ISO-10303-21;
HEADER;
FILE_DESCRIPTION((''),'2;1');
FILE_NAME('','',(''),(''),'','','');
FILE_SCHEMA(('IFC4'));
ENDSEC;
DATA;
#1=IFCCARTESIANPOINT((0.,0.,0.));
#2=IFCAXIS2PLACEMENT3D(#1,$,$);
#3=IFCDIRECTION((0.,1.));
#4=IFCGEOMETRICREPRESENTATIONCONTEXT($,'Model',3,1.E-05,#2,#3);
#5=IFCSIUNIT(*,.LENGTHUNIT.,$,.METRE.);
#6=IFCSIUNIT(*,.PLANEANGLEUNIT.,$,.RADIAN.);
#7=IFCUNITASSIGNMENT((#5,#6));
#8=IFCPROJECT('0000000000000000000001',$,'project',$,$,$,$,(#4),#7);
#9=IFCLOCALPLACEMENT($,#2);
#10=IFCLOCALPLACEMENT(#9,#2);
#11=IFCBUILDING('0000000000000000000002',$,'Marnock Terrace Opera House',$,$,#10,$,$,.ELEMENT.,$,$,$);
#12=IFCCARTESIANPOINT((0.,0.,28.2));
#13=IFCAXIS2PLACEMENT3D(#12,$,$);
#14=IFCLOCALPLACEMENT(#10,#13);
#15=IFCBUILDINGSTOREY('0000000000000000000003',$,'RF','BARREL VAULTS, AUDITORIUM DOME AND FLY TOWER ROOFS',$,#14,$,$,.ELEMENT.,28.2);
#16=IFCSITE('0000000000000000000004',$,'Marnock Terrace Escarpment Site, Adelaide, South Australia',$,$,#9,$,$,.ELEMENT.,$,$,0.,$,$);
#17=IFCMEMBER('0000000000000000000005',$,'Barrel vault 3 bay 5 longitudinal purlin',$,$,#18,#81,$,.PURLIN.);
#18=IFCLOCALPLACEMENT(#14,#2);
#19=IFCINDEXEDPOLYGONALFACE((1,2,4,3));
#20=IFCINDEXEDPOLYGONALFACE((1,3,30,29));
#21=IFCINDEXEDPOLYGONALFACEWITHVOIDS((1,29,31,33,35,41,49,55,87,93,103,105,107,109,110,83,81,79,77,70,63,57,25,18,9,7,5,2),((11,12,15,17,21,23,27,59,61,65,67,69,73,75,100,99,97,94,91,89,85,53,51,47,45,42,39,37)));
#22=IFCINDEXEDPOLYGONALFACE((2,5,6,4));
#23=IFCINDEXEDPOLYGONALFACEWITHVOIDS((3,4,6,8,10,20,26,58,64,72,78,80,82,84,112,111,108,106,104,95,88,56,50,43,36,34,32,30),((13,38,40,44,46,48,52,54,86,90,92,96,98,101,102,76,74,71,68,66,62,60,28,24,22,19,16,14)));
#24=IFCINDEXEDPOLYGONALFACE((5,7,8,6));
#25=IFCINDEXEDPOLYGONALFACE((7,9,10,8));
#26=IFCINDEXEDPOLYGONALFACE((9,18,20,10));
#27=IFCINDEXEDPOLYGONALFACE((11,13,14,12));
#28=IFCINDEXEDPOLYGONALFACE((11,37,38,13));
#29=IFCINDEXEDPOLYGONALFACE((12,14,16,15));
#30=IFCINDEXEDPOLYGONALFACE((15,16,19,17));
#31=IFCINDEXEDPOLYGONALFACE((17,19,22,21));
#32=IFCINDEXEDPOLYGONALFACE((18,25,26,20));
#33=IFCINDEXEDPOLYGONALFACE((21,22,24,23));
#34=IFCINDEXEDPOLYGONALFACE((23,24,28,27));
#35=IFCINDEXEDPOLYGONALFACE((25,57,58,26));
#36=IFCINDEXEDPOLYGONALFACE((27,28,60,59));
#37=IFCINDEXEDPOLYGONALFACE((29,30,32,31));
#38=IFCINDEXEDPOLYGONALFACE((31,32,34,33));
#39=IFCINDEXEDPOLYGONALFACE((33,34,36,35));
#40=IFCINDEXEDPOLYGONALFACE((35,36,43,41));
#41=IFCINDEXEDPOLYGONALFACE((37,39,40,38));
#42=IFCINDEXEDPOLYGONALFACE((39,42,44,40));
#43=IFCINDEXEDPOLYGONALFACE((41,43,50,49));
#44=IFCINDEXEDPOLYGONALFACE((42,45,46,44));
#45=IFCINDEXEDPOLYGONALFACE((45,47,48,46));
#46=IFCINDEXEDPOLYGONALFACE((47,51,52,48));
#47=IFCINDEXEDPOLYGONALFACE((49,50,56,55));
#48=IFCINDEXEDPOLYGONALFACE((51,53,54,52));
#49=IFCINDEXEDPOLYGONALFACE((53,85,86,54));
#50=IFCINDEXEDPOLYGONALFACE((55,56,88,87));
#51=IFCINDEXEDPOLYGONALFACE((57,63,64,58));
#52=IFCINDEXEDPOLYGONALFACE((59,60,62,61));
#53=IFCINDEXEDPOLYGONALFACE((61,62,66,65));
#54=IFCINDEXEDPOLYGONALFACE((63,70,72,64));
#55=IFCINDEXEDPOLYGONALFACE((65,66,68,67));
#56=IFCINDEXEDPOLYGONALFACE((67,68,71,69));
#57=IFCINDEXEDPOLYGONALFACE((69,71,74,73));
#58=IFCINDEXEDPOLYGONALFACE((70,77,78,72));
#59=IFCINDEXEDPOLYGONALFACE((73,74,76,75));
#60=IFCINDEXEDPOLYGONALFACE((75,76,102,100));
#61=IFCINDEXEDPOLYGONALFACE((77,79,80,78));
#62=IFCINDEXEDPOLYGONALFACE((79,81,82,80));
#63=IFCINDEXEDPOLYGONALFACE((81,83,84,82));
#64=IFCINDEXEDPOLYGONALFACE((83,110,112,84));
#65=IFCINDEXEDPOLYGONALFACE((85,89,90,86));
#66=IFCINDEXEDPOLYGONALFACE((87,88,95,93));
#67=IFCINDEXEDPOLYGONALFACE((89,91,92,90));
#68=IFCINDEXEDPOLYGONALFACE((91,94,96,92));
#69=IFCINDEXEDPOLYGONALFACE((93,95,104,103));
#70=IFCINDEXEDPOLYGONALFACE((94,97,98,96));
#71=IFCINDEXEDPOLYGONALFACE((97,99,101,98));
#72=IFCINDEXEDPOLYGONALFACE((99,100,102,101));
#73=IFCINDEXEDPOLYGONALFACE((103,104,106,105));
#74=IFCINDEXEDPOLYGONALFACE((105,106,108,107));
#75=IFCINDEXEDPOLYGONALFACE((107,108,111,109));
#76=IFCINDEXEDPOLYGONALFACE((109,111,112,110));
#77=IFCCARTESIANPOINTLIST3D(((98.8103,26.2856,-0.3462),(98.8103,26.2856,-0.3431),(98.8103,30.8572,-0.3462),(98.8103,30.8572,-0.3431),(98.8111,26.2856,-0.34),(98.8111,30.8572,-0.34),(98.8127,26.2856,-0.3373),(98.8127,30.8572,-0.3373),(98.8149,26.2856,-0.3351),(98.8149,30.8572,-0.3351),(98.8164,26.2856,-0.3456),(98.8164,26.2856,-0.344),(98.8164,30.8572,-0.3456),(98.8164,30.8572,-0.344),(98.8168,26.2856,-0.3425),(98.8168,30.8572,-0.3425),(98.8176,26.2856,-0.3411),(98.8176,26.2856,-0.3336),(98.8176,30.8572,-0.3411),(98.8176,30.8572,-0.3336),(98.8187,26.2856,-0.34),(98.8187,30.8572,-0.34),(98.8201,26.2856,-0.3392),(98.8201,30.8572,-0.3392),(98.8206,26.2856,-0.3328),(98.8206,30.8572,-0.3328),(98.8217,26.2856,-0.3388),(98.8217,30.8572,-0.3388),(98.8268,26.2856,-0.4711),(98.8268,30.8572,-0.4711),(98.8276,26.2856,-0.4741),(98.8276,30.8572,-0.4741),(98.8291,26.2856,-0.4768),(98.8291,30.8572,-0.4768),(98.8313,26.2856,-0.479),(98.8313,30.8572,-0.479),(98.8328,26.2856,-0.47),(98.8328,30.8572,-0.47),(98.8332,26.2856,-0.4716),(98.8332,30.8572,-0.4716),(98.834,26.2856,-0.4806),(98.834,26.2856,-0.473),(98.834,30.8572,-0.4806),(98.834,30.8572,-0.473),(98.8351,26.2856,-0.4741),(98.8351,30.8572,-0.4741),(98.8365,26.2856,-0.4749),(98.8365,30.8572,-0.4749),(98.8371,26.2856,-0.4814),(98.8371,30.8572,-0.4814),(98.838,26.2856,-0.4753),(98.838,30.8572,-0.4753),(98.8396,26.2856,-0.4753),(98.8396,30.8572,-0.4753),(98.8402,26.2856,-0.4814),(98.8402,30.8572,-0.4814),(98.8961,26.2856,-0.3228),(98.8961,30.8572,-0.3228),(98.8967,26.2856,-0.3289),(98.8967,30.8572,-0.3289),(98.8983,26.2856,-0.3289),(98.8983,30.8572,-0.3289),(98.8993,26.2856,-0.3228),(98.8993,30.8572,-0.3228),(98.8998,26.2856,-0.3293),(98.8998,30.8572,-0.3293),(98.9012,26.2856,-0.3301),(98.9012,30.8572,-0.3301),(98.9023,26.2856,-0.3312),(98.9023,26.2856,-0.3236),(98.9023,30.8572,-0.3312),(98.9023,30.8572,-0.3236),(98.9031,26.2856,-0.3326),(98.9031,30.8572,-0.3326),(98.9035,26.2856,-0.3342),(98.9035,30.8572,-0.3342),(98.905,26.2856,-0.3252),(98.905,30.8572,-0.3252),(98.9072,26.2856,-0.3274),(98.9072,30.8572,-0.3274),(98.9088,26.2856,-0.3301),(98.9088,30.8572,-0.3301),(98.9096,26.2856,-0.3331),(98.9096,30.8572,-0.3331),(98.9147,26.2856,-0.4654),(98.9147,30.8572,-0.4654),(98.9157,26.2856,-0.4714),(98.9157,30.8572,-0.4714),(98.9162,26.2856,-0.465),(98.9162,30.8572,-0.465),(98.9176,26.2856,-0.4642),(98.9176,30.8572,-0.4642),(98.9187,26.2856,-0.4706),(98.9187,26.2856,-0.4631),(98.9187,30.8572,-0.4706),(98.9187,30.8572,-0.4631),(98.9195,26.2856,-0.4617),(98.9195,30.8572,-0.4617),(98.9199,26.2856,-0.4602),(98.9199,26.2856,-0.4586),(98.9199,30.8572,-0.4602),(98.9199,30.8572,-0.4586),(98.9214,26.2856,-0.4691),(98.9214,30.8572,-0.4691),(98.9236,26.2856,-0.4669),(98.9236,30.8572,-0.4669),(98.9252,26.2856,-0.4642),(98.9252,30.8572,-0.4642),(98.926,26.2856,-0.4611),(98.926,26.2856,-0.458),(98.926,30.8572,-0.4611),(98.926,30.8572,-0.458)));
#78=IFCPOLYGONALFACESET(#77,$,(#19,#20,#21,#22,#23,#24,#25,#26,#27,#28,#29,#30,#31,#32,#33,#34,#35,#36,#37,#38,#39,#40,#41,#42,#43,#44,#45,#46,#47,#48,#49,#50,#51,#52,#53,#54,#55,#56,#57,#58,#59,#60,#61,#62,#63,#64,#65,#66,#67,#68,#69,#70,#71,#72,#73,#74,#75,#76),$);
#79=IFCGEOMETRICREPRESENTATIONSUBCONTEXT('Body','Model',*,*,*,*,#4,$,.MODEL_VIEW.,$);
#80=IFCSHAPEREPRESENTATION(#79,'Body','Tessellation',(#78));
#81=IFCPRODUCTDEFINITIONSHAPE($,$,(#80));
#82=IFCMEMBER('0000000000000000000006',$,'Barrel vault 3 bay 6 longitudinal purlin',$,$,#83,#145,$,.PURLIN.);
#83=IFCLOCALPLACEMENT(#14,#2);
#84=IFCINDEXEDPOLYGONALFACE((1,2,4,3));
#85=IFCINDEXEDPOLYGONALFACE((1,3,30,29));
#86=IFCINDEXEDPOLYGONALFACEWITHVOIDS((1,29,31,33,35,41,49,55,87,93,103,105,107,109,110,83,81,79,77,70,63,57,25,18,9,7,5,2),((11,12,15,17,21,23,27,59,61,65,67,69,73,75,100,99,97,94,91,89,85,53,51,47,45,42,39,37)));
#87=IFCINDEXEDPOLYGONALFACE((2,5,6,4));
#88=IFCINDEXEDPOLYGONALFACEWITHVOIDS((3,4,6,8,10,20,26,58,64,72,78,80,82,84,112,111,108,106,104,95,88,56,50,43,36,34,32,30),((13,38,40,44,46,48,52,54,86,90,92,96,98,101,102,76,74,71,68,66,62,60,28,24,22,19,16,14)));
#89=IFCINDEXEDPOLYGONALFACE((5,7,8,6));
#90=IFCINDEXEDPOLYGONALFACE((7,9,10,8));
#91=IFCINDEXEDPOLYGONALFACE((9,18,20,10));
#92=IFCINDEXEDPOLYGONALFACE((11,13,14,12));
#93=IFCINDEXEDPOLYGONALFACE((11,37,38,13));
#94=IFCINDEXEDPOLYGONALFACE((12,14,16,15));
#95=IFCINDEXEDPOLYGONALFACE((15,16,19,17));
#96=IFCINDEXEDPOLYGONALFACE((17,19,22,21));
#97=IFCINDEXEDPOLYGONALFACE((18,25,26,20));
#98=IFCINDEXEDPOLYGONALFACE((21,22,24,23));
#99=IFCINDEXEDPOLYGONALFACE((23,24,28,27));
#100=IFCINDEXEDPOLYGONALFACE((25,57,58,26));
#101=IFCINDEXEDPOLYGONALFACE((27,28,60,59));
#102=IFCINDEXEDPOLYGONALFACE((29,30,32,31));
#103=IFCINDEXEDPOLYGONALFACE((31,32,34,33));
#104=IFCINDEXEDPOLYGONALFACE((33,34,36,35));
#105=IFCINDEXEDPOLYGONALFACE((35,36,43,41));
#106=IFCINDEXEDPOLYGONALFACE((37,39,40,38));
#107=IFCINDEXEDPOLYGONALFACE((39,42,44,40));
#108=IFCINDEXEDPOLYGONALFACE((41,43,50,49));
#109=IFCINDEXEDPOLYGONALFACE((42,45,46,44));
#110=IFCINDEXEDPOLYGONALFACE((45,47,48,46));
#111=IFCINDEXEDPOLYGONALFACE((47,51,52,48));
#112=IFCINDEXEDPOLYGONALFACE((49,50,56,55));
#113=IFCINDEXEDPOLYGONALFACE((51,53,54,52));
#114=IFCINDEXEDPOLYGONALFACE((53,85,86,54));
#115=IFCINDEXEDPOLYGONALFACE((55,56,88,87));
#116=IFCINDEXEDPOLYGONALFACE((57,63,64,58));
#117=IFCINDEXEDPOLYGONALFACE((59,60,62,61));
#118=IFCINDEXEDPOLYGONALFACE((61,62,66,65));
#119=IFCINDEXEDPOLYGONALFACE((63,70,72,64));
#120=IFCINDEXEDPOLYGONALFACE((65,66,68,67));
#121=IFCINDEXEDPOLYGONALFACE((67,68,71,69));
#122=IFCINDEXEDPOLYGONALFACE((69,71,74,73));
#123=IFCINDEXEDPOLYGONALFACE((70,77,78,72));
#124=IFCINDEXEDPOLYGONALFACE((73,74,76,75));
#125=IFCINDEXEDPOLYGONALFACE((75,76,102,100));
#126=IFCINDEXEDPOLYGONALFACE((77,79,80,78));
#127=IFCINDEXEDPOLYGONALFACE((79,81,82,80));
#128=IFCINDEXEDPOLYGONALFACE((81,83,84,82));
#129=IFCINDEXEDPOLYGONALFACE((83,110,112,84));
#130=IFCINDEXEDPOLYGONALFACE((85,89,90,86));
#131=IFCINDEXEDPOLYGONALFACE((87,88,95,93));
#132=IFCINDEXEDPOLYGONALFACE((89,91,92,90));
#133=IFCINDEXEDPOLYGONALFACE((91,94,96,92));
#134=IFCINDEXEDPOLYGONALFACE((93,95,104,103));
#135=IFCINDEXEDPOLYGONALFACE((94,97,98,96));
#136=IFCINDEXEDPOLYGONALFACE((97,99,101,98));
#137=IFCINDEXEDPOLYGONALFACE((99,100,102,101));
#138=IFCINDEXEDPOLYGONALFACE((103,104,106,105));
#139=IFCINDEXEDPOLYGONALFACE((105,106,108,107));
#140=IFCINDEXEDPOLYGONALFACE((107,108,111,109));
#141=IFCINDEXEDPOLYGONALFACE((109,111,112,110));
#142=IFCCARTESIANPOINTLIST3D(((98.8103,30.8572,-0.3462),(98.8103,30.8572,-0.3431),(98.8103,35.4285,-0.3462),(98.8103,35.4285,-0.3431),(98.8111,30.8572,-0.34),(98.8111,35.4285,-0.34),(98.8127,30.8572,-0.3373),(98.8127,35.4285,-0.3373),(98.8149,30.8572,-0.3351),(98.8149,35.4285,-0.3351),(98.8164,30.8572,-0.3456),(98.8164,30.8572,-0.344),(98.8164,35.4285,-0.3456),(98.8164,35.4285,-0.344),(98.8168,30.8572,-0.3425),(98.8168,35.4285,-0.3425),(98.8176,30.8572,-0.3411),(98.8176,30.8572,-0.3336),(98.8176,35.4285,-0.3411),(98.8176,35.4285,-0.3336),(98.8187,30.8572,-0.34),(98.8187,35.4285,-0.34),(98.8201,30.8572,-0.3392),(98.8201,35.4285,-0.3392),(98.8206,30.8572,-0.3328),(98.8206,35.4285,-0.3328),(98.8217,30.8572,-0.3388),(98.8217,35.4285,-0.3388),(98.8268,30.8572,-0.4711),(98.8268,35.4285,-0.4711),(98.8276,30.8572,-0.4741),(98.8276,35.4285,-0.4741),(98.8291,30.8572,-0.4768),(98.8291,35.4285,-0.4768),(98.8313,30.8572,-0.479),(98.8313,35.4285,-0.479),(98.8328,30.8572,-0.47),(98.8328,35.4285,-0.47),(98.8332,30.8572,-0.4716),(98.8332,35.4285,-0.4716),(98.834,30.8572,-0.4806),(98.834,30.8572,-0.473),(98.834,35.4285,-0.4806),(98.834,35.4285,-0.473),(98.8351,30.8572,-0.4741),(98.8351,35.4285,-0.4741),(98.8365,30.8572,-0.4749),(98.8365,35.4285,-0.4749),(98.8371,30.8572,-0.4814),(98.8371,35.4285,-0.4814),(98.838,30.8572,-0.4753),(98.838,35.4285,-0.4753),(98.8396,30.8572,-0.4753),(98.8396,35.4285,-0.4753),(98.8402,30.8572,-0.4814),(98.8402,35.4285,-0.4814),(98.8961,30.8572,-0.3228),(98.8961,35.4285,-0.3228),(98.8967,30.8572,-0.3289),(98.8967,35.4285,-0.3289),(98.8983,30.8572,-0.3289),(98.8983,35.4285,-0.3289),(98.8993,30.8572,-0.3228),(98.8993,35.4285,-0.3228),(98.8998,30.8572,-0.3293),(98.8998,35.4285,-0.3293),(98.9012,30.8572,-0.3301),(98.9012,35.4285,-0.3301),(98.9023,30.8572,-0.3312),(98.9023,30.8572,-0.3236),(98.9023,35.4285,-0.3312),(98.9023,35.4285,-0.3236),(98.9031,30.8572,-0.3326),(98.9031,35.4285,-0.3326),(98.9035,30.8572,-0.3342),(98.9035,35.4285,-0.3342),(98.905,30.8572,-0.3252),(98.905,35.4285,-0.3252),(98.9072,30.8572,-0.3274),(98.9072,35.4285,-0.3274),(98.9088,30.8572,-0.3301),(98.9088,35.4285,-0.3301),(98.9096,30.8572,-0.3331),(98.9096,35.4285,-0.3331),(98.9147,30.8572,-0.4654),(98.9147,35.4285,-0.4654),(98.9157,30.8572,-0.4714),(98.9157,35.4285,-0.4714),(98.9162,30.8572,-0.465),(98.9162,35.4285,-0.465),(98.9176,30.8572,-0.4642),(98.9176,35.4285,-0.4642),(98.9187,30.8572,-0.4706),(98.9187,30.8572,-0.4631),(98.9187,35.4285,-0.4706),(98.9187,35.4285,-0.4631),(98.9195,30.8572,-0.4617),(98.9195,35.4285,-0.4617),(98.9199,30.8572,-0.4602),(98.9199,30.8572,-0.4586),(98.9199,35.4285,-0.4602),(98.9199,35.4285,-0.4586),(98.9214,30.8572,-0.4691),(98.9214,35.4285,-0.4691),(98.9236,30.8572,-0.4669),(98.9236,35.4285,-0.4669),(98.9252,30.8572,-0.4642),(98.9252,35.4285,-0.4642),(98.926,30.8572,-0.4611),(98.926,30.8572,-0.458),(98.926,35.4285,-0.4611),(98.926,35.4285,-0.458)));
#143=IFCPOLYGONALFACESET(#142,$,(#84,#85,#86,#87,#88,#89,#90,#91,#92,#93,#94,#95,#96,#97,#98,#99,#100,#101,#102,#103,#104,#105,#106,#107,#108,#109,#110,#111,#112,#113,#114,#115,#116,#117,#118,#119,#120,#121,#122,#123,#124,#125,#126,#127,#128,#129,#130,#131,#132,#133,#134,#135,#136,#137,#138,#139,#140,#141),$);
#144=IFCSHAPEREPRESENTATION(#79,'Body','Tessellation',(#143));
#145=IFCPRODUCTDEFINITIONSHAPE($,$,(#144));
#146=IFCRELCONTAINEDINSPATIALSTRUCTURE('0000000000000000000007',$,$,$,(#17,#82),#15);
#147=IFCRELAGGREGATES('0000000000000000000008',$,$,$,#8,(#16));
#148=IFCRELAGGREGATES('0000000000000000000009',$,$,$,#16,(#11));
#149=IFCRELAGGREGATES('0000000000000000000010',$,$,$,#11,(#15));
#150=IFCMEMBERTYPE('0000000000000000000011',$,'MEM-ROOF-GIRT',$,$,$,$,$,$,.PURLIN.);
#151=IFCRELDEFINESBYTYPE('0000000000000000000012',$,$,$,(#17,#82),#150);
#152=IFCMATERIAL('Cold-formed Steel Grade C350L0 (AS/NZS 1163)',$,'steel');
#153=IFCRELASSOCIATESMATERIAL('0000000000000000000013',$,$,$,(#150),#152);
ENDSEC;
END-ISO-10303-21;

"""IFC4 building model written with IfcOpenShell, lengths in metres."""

from ifc_helpers import new_model, si_unit, direction, frame, origin, origin_2d, place, context, subcontext, project, spatial, hollow_rectangle, extrude, material, material_profile, profile_set, type_object, element, save


model = new_model("IFC4")

# Units and contexts
model_context = context("Model", 3, precision=1e-05, world=origin(), true_north=direction((0.0, 1.0)))
body_context = subcontext(model_context, "Body", "Model", "MODEL_VIEW")
ifc_project = project(units=[si_unit("LENGTHUNIT", "METRE"), si_unit("PLANEANGLEUNIT", "RADIAN")], contexts=[model_context])

# Site, building, storey
site_placement = place(None, origin())
site = spatial("IfcSite", under=ifc_project, at=site_placement, Name="Marnock Terrace Escarpment Site, Adelaide, South Australia", CompositionType="ELEMENT", RefElevation=0.0)
building_placement = place(site_placement, origin())
building = spatial("IfcBuilding", under=site, at=building_placement, Name="Marnock Terrace Opera House", CompositionType="ELEMENT")
storey_placement = place(building_placement, frame((0.0, 0.0, 28.2)))
storey = spatial("IfcBuildingStorey", under=building, at=storey_placement, Name="RF", Description="BARREL VAULTS, AUDITORIUM DOME AND FLY TOWER ROOFS", CompositionType="ELEMENT", Elevation=28.2)

# Members
ifc_material = material(Name="Cold-formed Steel Grade C350L0 (AS/NZS 1163)", Category="steel")
ifc_material_profile_1 = material_profile(ifc_material, hollow_rectangle(XDim=0.1001, YDim=0.1499, WallThickness=0.0061, InnerFilletRadius=0.0061, OuterFilletRadius=0.012, at=origin_2d()))
ifc_profile_set_1 = profile_set([ifc_material_profile_1], Name="Cold-formed Steel Grade C350L0 (AS/NZS 1163)")
member_type_1 = type_object("IfcMemberType", Name="MEM-ROOF-GIRT", PredefinedType="PURLIN", material=ifc_profile_set_1)
member_1_placement = place(storey_placement, frame((98.8682, 26.2856, -0.4021), z_axis=(0.0, 1.0, 0.0), x_axis=(-0.991445, 0.0, -0.130526)))
element("IfcMember", 1, at=member_1_placement, inside=storey, type_object=member_type_1, Name="Barrel vault 3 bay 5 longitudinal purlin", PredefinedType="PURLIN", context=body_context, shape_type="SweptSolid", body=[
    extrude(hollow_rectangle(XDim=0.1001, YDim=0.1499, WallThickness=0.0061, InnerFilletRadius=0.0061, OuterFilletRadius=0.012, at=origin_2d()), origin(), (0.0, 0.0, 1.0), 4.5715),
])
member_2_placement = place(storey_placement, frame((98.8682, 30.8572, -0.4021), z_axis=(0.0, 1.0, 0.0), x_axis=(-0.991445, 0.0, -0.130526)))
element("IfcMember", 2, at=member_2_placement, inside=storey, type_object=member_type_1, Name="Barrel vault 3 bay 6 longitudinal purlin", PredefinedType="PURLIN", context=body_context, shape_type="SweptSolid", body=[
    extrude(hollow_rectangle(XDim=0.1001, YDim=0.1499, WallThickness=0.0061, InnerFilletRadius=0.0061, OuterFilletRadius=0.012, at=origin_2d()), origin(), (0.0, 0.0, 1.0), 4.5713),
])

save(model, "model.ifc")
